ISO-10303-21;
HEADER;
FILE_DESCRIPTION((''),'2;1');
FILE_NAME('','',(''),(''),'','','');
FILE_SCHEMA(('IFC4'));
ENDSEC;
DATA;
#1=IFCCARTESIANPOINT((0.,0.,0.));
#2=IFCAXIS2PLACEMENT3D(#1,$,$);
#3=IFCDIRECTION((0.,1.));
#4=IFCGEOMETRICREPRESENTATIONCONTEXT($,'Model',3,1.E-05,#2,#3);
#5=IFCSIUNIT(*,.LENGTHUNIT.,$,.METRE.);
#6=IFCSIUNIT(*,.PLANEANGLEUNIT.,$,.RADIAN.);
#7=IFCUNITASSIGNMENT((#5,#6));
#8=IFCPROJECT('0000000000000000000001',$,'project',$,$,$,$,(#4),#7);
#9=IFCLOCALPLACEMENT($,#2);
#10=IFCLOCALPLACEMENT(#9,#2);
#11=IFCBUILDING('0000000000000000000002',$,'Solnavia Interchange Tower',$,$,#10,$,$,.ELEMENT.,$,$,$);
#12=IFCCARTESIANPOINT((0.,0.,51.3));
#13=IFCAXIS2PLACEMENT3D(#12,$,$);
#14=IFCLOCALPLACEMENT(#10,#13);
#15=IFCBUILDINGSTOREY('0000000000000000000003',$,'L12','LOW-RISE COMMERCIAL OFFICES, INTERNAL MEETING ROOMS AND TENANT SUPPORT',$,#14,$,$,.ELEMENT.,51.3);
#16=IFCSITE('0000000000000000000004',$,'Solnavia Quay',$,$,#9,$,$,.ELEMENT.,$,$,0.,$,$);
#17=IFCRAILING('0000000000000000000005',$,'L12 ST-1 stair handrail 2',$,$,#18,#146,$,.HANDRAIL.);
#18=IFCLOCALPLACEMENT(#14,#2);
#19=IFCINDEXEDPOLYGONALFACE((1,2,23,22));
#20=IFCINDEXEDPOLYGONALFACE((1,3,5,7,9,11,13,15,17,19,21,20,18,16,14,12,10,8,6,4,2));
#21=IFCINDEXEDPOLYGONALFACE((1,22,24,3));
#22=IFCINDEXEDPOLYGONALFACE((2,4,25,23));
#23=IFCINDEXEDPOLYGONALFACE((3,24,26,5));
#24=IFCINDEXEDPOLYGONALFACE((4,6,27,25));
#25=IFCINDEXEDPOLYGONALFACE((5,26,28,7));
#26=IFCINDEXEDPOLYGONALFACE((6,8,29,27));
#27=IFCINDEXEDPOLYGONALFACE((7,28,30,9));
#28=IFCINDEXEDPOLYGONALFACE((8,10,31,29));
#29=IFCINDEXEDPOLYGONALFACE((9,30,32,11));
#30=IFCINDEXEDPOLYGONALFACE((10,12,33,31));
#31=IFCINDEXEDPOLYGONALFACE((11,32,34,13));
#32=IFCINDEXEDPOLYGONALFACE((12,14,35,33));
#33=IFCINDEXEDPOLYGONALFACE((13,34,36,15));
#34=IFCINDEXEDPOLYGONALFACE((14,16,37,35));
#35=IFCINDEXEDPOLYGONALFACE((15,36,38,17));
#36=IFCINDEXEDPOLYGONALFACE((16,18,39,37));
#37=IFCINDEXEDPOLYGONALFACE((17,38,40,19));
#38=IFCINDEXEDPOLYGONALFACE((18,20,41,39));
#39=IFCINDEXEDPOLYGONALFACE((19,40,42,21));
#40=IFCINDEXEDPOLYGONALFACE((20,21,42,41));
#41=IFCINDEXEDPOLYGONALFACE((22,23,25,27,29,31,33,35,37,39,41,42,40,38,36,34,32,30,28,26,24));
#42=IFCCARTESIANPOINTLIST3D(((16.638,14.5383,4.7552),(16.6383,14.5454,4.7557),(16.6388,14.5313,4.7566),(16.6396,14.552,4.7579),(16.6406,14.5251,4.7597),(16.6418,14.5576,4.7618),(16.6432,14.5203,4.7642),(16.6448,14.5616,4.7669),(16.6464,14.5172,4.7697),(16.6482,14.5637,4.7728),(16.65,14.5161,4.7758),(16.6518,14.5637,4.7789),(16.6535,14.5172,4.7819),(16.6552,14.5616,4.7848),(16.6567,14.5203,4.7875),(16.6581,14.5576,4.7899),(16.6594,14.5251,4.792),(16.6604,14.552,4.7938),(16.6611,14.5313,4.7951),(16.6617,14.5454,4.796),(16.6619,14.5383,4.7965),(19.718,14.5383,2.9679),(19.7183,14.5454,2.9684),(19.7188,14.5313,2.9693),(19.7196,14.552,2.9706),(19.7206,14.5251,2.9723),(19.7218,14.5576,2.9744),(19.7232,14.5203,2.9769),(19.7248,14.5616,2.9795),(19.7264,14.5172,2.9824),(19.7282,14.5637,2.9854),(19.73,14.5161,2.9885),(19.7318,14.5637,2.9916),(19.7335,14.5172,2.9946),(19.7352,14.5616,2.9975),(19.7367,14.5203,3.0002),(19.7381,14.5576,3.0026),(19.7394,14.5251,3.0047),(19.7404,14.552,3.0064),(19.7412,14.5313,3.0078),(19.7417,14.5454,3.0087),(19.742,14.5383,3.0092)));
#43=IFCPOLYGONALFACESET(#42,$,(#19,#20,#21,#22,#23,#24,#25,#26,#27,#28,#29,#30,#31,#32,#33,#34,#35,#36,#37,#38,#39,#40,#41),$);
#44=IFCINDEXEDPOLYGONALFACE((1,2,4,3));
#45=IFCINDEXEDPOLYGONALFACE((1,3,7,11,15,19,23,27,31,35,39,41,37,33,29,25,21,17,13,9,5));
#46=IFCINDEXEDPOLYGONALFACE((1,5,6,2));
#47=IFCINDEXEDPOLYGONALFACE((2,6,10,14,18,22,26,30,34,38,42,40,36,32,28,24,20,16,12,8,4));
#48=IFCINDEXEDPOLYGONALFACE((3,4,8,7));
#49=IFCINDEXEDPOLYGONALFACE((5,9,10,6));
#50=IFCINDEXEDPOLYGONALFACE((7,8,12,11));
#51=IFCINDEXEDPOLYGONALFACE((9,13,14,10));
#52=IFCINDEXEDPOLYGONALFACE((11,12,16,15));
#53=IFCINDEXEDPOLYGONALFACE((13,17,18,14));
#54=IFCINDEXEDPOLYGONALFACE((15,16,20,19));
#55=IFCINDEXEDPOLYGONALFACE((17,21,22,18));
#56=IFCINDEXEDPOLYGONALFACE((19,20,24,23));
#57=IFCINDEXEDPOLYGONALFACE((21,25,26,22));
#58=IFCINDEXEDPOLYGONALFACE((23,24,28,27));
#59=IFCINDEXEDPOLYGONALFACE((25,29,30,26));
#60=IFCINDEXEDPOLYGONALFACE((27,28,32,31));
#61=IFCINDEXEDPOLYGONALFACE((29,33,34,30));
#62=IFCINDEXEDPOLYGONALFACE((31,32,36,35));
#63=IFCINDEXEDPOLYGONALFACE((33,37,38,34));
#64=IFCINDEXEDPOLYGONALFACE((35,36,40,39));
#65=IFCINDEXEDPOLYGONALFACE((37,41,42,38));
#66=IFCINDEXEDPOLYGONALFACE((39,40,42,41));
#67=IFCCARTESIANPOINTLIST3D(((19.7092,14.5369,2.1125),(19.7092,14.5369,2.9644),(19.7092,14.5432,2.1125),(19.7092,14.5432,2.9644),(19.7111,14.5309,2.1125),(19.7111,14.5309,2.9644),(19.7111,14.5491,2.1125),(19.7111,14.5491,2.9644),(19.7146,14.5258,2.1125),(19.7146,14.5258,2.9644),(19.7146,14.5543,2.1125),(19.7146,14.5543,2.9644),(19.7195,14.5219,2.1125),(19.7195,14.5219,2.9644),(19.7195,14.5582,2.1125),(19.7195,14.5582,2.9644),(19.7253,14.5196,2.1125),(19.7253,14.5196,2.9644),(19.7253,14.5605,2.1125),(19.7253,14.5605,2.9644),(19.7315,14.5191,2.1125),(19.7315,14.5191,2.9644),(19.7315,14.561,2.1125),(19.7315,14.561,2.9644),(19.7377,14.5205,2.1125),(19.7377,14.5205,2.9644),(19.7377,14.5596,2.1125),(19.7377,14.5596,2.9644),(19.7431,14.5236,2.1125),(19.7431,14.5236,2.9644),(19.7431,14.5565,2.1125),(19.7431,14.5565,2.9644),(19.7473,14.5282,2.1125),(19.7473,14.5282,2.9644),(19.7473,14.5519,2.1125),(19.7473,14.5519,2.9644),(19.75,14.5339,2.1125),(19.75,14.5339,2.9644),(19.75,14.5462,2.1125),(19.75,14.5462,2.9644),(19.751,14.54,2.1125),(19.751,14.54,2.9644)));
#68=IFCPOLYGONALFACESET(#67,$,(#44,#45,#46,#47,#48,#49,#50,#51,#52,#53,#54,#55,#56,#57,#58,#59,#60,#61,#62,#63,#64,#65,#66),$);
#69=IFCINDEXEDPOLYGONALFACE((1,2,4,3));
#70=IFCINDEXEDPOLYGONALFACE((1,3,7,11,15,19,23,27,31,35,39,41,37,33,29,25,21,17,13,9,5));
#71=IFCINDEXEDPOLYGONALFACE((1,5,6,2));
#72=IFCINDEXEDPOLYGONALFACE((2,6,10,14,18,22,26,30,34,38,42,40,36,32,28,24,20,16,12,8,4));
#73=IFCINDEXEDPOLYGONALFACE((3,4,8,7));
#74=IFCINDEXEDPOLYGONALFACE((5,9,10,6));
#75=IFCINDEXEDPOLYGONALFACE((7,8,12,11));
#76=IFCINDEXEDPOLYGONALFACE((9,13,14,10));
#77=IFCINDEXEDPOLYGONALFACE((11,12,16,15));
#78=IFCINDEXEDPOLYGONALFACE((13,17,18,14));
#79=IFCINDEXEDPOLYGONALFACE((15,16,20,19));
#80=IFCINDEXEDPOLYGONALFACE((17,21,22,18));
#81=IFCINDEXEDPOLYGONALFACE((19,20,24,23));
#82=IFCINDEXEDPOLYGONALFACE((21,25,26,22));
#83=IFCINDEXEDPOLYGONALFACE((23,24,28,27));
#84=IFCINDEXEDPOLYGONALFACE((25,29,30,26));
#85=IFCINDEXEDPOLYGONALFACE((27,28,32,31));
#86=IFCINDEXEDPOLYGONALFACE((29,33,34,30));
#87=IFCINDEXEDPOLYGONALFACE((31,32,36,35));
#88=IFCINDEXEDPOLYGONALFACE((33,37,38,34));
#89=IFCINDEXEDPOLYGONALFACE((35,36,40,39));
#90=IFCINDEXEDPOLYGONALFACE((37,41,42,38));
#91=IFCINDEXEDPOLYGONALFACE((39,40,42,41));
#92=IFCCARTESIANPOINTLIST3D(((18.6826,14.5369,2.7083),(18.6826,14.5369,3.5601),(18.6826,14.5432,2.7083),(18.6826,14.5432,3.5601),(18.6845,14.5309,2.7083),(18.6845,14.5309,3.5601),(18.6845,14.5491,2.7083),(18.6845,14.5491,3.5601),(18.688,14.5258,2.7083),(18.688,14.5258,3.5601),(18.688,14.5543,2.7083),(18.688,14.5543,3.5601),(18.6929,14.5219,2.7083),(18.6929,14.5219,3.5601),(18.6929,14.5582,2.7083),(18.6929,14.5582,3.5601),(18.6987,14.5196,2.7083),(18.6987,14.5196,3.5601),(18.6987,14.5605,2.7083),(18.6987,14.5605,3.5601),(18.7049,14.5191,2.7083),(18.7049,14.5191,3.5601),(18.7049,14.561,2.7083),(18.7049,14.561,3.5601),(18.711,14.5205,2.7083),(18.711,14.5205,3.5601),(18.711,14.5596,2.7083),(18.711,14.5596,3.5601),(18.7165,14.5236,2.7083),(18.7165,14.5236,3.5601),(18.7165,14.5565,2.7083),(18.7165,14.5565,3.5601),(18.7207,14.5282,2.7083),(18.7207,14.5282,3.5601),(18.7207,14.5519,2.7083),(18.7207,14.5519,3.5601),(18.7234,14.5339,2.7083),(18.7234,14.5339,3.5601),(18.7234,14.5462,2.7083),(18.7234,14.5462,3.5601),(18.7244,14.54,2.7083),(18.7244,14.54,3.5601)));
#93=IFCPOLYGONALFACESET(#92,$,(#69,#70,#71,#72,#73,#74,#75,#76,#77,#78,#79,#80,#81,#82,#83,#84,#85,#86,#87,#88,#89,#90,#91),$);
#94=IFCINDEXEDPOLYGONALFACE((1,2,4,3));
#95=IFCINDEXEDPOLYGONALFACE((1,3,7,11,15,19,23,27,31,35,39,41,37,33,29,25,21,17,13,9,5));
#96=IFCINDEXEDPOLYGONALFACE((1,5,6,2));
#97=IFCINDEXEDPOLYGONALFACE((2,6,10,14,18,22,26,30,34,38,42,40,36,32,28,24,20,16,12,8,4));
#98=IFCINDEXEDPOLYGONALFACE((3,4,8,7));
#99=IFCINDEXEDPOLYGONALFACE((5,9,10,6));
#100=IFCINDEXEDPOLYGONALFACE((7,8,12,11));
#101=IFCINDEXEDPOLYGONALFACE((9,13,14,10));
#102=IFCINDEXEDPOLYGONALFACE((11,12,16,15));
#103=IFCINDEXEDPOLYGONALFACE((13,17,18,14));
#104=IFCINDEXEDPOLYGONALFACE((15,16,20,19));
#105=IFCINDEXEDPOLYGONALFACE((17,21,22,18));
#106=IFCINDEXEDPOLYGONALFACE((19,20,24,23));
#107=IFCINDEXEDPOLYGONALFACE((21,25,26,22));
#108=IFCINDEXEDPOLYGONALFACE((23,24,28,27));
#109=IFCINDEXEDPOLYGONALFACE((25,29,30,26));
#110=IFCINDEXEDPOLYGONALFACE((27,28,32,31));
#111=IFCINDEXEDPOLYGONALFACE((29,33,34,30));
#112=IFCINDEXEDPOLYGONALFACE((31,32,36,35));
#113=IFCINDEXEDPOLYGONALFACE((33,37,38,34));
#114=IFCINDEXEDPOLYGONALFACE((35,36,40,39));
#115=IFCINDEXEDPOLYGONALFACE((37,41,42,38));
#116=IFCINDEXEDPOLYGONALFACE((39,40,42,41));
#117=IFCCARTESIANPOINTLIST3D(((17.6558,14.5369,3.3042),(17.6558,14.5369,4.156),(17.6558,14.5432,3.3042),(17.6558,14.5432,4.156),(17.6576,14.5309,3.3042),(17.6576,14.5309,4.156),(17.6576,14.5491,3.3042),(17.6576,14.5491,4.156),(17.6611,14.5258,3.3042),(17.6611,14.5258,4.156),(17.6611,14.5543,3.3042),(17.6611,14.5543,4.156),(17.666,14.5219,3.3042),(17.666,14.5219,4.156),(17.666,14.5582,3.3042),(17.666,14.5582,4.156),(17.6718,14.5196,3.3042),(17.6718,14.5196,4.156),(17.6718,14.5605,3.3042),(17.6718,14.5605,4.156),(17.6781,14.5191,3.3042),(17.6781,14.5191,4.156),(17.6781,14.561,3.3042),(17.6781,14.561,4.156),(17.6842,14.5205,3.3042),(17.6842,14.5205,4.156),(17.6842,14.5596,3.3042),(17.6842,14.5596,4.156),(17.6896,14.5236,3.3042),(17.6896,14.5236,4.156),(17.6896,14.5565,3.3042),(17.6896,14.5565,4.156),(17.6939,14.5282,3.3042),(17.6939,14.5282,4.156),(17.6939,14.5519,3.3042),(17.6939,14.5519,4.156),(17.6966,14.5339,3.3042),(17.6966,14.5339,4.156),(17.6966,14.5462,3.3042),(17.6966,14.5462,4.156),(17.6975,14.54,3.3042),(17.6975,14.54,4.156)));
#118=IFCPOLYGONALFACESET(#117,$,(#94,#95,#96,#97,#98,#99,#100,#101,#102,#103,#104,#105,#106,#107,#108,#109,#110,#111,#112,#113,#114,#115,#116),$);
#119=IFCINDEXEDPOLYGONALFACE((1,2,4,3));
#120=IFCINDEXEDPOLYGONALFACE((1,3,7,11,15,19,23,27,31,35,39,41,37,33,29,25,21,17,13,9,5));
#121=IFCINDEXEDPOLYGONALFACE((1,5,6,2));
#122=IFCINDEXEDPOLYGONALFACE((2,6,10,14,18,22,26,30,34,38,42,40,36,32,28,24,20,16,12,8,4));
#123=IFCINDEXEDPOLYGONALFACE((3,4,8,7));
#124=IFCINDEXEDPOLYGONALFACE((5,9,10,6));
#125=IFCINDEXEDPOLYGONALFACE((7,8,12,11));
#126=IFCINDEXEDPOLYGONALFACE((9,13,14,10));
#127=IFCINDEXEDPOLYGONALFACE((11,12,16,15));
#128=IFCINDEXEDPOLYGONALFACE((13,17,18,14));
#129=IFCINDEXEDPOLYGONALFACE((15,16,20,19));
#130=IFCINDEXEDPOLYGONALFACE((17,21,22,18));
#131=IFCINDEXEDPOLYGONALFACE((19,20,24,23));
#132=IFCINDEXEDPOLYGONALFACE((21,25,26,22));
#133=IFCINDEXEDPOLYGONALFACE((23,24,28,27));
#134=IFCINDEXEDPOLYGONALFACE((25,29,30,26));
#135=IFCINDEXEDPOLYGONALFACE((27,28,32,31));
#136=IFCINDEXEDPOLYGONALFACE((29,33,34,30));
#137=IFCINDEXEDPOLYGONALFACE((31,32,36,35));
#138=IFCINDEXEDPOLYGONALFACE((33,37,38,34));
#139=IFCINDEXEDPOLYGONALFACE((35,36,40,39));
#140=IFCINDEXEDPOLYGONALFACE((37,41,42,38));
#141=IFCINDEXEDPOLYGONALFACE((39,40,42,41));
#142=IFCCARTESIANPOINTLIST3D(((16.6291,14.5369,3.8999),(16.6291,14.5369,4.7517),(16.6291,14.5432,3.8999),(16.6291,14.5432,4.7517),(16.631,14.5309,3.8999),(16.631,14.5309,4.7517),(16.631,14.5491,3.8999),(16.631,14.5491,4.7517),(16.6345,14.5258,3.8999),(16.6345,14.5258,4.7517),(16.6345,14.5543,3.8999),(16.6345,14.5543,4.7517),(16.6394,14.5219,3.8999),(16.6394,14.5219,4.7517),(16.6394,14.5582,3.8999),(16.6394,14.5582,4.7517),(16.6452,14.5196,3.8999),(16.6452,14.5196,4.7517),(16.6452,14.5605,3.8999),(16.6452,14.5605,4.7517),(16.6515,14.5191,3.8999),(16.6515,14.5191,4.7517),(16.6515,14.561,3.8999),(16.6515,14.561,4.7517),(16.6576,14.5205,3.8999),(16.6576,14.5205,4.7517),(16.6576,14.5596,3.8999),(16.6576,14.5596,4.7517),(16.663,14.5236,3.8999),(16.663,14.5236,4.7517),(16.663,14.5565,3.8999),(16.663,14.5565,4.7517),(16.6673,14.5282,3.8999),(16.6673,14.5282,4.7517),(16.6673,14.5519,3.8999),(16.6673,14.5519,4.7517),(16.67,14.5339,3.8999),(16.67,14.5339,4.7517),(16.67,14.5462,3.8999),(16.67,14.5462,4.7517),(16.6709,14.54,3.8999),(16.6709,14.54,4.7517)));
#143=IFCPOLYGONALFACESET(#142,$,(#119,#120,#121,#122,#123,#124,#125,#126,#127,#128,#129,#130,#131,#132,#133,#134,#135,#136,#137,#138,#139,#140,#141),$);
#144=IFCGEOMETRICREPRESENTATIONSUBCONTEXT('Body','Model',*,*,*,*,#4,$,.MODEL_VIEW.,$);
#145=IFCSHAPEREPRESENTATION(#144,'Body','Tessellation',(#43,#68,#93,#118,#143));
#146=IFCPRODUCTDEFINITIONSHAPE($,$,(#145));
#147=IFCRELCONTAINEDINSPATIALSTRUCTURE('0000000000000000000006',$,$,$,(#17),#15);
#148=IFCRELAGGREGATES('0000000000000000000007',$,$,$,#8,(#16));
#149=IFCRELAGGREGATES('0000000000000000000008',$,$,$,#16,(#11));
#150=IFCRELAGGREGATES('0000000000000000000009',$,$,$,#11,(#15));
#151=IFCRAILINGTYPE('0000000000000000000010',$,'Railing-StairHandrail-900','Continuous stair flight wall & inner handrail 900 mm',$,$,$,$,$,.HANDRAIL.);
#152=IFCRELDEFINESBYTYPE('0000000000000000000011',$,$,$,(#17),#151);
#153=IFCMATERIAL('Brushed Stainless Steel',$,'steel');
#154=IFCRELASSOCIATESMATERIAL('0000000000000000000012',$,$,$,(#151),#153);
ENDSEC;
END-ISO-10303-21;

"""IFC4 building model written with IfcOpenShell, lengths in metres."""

from ifc_helpers import new_model, si_unit, direction, frame, origin, origin_2d, place, context, subcontext, project, spatial, circle, extrude, material, type_object, element, save


model = new_model("IFC4")

# Units and contexts
model_context = context("Model", 3, precision=1e-05, world=origin(), true_north=direction((0.0, 1.0)))
body_context = subcontext(model_context, "Body", "Model", "MODEL_VIEW")
ifc_project = project(units=[si_unit("LENGTHUNIT", "METRE"), si_unit("PLANEANGLEUNIT", "RADIAN")], contexts=[model_context])

# Site, building, storey
site_placement = place(None, origin())
site = spatial("IfcSite", under=ifc_project, at=site_placement, Name="Solnavia Quay", CompositionType="ELEMENT", RefElevation=0.0)
building_placement = place(site_placement, origin())
building = spatial("IfcBuilding", under=site, at=building_placement, Name="Solnavia Interchange Tower", CompositionType="ELEMENT")
storey_placement = place(building_placement, frame((0.0, 0.0, 51.3)))
storey = spatial("IfcBuildingStorey", under=building, at=storey_placement, Name="L12", Description="LOW-RISE COMMERCIAL OFFICES, INTERNAL MEETING ROOMS AND TENANT SUPPORT", CompositionType="ELEMENT", Elevation=51.3)

# Railing
ifc_material_1 = material(Name="Brushed Stainless Steel", Category="steel")
railing_type_1 = type_object("IfcRailingType", Name="Railing-StairHandrail-900", Description="Continuous stair flight wall & inner handrail 900 mm", PredefinedType="HANDRAIL", material=ifc_material_1)
railing_1_placement = place(storey_placement, frame((19.73, 14.54, 2.1125)))
element("IfcRailing", 1, at=railing_1_placement, inside=storey, type_object=railing_type_1, Name="L12 ST-1 stair handrail 2", PredefinedType="HANDRAIL", context=body_context, shape_type="SweptSolid", body=[
    extrude(circle(Radius=0.0239, at=origin_2d()), frame((0.0, 0.0, 0.876), z_axis=(-0.86492, 0.0, 0.501909), x_axis=(0.0, -1.0, 0.0)), (0.0, 0.0, 1.0), 3.561),
    extrude(circle(Radius=0.021, at=origin_2d()), origin(), (0.0, 0.0, 1.0), 0.8518),
    extrude(circle(Radius=0.021, at=origin_2d()), frame((-1.0266, 0.0, 0.5957)), (0.0, 0.0, 1.0), 0.8518),
    extrude(circle(Radius=0.021, at=origin_2d()), frame((-2.0535, 0.0, 1.1917)), (0.0, 0.0, 1.0), 0.8518),
    extrude(circle(Radius=0.021, at=origin_2d()), frame((-3.0801, 0.0, 1.7874)), (0.0, 0.0, 1.0), 0.8518),
])

save(model, "model.ifc")
